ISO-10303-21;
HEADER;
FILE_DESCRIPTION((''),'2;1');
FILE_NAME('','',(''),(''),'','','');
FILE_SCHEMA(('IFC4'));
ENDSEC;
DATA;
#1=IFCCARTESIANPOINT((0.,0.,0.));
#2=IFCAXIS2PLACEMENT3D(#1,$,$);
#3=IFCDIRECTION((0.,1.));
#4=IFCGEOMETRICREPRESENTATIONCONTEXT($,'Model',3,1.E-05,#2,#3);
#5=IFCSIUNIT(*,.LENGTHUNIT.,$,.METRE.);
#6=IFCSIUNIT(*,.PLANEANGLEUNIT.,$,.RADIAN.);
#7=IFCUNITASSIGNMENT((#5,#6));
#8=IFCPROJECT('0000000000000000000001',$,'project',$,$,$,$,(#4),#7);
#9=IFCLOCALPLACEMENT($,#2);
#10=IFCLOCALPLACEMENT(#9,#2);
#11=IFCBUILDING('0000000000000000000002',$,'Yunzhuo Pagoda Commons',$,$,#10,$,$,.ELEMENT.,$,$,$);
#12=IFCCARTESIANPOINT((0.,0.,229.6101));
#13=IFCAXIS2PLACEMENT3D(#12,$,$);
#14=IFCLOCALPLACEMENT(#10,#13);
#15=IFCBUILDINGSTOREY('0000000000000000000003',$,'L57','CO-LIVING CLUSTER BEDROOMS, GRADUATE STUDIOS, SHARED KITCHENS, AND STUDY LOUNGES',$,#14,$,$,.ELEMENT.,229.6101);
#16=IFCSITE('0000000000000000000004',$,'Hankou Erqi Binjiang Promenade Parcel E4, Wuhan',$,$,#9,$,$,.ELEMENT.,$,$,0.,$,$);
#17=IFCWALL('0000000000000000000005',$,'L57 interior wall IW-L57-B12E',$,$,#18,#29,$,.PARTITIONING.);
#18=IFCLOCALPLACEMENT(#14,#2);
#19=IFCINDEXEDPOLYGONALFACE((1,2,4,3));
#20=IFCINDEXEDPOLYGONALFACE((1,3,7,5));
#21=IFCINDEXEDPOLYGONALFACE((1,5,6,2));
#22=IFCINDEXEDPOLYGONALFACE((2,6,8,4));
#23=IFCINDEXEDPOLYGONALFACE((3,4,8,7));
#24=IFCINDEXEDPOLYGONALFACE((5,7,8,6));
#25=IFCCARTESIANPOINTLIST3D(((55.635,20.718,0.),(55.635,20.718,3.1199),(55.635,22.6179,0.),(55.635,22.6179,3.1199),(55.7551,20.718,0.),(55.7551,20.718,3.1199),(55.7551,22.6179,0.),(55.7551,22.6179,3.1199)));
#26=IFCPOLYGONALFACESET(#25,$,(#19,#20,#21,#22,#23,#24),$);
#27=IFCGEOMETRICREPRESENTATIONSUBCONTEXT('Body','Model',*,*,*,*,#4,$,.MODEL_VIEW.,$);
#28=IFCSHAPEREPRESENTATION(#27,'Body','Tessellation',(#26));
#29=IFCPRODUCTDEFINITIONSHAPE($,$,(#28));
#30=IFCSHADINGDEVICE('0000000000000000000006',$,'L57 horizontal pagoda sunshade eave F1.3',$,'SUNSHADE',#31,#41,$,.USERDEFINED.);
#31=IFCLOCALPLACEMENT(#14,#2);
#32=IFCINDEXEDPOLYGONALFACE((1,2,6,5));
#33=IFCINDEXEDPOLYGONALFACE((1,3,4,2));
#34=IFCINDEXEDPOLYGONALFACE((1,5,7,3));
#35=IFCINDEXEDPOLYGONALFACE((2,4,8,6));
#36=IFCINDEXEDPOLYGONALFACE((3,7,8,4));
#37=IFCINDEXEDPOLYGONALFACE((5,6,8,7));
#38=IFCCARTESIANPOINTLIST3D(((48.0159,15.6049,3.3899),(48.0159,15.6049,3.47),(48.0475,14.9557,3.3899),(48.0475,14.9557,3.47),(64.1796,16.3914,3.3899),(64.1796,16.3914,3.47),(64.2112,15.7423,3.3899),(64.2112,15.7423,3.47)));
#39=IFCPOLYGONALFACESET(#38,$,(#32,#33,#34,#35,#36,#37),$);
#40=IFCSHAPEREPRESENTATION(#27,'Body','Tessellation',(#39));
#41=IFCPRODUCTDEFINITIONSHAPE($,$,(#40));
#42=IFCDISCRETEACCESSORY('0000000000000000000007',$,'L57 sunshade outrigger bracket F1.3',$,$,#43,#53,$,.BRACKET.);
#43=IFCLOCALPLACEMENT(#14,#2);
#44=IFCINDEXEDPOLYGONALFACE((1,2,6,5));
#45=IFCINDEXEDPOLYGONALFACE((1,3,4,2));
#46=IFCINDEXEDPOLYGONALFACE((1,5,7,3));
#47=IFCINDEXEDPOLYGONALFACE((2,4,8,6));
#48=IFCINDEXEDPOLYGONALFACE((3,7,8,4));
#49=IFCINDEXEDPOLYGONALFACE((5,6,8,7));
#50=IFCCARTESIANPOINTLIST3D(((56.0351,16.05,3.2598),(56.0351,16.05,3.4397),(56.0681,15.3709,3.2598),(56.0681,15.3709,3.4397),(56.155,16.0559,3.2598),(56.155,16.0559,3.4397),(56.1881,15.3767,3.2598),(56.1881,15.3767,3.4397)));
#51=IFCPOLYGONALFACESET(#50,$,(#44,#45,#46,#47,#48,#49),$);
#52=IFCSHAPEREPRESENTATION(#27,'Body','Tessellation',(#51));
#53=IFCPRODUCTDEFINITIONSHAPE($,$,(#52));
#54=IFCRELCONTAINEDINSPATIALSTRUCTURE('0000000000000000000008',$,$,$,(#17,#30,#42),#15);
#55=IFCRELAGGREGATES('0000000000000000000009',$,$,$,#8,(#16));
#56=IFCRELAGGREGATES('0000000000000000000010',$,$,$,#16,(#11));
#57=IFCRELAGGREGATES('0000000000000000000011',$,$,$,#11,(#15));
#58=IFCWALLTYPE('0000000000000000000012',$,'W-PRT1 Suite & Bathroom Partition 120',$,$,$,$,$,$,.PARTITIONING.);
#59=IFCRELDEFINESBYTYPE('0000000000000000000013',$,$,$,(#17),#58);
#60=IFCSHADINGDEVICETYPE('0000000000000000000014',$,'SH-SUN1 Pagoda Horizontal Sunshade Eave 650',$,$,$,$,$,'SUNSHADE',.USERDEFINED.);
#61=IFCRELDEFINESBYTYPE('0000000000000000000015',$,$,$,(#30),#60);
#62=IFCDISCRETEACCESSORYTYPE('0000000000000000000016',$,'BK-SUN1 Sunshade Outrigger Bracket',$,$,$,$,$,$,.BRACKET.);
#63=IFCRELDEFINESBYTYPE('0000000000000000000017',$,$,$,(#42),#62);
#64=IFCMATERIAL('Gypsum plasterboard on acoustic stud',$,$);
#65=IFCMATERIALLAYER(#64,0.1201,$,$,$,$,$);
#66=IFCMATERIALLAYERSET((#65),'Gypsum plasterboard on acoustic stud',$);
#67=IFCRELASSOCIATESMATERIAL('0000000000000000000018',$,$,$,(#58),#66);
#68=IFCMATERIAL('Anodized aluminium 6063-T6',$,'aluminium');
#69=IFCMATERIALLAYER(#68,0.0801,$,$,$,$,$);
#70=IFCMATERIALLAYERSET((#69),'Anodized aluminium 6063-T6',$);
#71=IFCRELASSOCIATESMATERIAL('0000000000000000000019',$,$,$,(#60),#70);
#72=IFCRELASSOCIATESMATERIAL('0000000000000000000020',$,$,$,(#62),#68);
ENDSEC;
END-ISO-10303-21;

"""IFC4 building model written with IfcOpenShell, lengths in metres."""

from ifc_helpers import new_model, si_unit, direction, frame, frame_2d, origin, origin_2d, place, context, subcontext, project, spatial, rectangle, extrude, source, transform, mapped, material, layer, layer_set, type_object, element, save


model = new_model("IFC4")

# Units and contexts
model_context = context("Model", 3, precision=1e-05, world=origin(), true_north=direction((0.0, 1.0)))
body_context = subcontext(model_context, "Body", "Model", "MODEL_VIEW")
ifc_project = project(units=[si_unit("LENGTHUNIT", "METRE"), si_unit("PLANEANGLEUNIT", "RADIAN")], contexts=[model_context])

# Site, building, storey
site_placement = place(None, origin())
site = spatial("IfcSite", under=ifc_project, at=site_placement, Name="Hankou Erqi Binjiang Promenade Parcel E4, Wuhan", CompositionType="ELEMENT", RefElevation=0.0)
building_placement = place(site_placement, origin())
building = spatial("IfcBuilding", under=site, at=building_placement, Name="Yunzhuo Pagoda Commons", CompositionType="ELEMENT")
storey_placement = place(building_placement, frame((0.0, 0.0, 229.6101)))
storey = spatial("IfcBuildingStorey", under=building, at=storey_placement, Name="L57", Description="CO-LIVING CLUSTER BEDROOMS, GRADUATE STUDIOS, SHARED KITCHENS, AND STUDY LOUNGES", CompositionType="ELEMENT", Elevation=229.6101)

# Shared definitions
ifc_material_1 = material(Name="Anodized aluminium 6063-T6", Category="aluminium")

# Shared definitions
ifc_material_2 = material(Name="Gypsum plasterboard on acoustic stud")
ifc_layer_1 = layer(ifc_material_2, 0.1201)
ifc_layer_set_1 = layer_set([ifc_layer_1], Name="Gypsum plasterboard on acoustic stud")
wall_type = type_object("IfcWallType", Name="W-PRT1 Suite & Bathroom Partition 120", PredefinedType="PARTITIONING", material=ifc_layer_set_1)

# Wall
wall_1_placement = place(storey_placement, frame((55.6951, 20.718, 0.0), z_axis=(0.0, 0.0, 1.0), x_axis=(0.0, 1.0, 0.0)))
element("IfcWall", 1, at=wall_1_placement, inside=storey, type_object=wall_type, Name="L57 interior wall IW-L57-B12E", PredefinedType="PARTITIONING", context=body_context, shape_type="SweptSolid", body=[
    extrude(rectangle(XDim=1.8999, YDim=0.1201, at=frame_2d((0.95, 0.0))), origin(), (0.0, 0.0, 1.0), 3.1199),
])

# Shading device
ifc_layer_2 = layer(ifc_material_1, 0.0801)
ifc_layer_set_2 = layer_set([ifc_layer_2], Name="Anodized aluminium 6063-T6")
shading_device_type = type_object("IfcShadingDeviceType", Name="SH-SUN1 Pagoda Horizontal Sunshade Eave 650", ElementType="SUNSHADE", PredefinedType="USERDEFINED", material=ifc_layer_set_2)
shared_shape_1 = source(origin(), body_context, "Body", "SweptSolid", [
    extrude(rectangle(XDim=16.1829, YDim=0.6499, at=origin_2d()), origin(), (0.0, 0.0, 1.0), 0.0801),
])
shading_device_placement = place(storey_placement, frame((56.1135, 15.6736, 3.3899), z_axis=(0.0, 0.0, 1.0), x_axis=(0.998818, 0.048606, 0.0)))
element("IfcShadingDevice", 2, at=shading_device_placement, inside=storey, type_object=shading_device_type, Name="L57 horizontal pagoda sunshade eave F1.3", ObjectType="SUNSHADE", PredefinedType="USERDEFINED", context=body_context, shape_type="MappedRepresentation", body=[
    mapped(shared_shape_1, transform((0.0, 0.0, 0.0), scale=1.0)),
])

# Discrete accessory
discrete_accessory_type = type_object("IfcDiscreteAccessoryType", Name="BK-SUN1 Sunshade Outrigger Bracket", PredefinedType="BRACKET", material=ifc_material_1)
shared_shape_2 = source(origin(), body_context, "Body", "SweptSolid", [
    extrude(rectangle(XDim=0.1201, YDim=0.6799, at=origin_2d()), origin(), (0.0, 0.0, 1.0), 0.1799),
])
discrete_accessory_placement = place(storey_placement, frame((56.1116, 15.7134, 3.2598), z_axis=(0.0, 0.0, 1.0), x_axis=(0.998818, 0.048606, 0.0)))
element("IfcDiscreteAccessory", 3, at=discrete_accessory_placement, inside=storey, type_object=discrete_accessory_type, Name="L57 sunshade outrigger bracket F1.3", PredefinedType="BRACKET", context=body_context, shape_type="MappedRepresentation", body=[
    mapped(shared_shape_2, transform((0.0, 0.0, 0.0), scale=1.0)),
])

save(model, "model.ifc")
